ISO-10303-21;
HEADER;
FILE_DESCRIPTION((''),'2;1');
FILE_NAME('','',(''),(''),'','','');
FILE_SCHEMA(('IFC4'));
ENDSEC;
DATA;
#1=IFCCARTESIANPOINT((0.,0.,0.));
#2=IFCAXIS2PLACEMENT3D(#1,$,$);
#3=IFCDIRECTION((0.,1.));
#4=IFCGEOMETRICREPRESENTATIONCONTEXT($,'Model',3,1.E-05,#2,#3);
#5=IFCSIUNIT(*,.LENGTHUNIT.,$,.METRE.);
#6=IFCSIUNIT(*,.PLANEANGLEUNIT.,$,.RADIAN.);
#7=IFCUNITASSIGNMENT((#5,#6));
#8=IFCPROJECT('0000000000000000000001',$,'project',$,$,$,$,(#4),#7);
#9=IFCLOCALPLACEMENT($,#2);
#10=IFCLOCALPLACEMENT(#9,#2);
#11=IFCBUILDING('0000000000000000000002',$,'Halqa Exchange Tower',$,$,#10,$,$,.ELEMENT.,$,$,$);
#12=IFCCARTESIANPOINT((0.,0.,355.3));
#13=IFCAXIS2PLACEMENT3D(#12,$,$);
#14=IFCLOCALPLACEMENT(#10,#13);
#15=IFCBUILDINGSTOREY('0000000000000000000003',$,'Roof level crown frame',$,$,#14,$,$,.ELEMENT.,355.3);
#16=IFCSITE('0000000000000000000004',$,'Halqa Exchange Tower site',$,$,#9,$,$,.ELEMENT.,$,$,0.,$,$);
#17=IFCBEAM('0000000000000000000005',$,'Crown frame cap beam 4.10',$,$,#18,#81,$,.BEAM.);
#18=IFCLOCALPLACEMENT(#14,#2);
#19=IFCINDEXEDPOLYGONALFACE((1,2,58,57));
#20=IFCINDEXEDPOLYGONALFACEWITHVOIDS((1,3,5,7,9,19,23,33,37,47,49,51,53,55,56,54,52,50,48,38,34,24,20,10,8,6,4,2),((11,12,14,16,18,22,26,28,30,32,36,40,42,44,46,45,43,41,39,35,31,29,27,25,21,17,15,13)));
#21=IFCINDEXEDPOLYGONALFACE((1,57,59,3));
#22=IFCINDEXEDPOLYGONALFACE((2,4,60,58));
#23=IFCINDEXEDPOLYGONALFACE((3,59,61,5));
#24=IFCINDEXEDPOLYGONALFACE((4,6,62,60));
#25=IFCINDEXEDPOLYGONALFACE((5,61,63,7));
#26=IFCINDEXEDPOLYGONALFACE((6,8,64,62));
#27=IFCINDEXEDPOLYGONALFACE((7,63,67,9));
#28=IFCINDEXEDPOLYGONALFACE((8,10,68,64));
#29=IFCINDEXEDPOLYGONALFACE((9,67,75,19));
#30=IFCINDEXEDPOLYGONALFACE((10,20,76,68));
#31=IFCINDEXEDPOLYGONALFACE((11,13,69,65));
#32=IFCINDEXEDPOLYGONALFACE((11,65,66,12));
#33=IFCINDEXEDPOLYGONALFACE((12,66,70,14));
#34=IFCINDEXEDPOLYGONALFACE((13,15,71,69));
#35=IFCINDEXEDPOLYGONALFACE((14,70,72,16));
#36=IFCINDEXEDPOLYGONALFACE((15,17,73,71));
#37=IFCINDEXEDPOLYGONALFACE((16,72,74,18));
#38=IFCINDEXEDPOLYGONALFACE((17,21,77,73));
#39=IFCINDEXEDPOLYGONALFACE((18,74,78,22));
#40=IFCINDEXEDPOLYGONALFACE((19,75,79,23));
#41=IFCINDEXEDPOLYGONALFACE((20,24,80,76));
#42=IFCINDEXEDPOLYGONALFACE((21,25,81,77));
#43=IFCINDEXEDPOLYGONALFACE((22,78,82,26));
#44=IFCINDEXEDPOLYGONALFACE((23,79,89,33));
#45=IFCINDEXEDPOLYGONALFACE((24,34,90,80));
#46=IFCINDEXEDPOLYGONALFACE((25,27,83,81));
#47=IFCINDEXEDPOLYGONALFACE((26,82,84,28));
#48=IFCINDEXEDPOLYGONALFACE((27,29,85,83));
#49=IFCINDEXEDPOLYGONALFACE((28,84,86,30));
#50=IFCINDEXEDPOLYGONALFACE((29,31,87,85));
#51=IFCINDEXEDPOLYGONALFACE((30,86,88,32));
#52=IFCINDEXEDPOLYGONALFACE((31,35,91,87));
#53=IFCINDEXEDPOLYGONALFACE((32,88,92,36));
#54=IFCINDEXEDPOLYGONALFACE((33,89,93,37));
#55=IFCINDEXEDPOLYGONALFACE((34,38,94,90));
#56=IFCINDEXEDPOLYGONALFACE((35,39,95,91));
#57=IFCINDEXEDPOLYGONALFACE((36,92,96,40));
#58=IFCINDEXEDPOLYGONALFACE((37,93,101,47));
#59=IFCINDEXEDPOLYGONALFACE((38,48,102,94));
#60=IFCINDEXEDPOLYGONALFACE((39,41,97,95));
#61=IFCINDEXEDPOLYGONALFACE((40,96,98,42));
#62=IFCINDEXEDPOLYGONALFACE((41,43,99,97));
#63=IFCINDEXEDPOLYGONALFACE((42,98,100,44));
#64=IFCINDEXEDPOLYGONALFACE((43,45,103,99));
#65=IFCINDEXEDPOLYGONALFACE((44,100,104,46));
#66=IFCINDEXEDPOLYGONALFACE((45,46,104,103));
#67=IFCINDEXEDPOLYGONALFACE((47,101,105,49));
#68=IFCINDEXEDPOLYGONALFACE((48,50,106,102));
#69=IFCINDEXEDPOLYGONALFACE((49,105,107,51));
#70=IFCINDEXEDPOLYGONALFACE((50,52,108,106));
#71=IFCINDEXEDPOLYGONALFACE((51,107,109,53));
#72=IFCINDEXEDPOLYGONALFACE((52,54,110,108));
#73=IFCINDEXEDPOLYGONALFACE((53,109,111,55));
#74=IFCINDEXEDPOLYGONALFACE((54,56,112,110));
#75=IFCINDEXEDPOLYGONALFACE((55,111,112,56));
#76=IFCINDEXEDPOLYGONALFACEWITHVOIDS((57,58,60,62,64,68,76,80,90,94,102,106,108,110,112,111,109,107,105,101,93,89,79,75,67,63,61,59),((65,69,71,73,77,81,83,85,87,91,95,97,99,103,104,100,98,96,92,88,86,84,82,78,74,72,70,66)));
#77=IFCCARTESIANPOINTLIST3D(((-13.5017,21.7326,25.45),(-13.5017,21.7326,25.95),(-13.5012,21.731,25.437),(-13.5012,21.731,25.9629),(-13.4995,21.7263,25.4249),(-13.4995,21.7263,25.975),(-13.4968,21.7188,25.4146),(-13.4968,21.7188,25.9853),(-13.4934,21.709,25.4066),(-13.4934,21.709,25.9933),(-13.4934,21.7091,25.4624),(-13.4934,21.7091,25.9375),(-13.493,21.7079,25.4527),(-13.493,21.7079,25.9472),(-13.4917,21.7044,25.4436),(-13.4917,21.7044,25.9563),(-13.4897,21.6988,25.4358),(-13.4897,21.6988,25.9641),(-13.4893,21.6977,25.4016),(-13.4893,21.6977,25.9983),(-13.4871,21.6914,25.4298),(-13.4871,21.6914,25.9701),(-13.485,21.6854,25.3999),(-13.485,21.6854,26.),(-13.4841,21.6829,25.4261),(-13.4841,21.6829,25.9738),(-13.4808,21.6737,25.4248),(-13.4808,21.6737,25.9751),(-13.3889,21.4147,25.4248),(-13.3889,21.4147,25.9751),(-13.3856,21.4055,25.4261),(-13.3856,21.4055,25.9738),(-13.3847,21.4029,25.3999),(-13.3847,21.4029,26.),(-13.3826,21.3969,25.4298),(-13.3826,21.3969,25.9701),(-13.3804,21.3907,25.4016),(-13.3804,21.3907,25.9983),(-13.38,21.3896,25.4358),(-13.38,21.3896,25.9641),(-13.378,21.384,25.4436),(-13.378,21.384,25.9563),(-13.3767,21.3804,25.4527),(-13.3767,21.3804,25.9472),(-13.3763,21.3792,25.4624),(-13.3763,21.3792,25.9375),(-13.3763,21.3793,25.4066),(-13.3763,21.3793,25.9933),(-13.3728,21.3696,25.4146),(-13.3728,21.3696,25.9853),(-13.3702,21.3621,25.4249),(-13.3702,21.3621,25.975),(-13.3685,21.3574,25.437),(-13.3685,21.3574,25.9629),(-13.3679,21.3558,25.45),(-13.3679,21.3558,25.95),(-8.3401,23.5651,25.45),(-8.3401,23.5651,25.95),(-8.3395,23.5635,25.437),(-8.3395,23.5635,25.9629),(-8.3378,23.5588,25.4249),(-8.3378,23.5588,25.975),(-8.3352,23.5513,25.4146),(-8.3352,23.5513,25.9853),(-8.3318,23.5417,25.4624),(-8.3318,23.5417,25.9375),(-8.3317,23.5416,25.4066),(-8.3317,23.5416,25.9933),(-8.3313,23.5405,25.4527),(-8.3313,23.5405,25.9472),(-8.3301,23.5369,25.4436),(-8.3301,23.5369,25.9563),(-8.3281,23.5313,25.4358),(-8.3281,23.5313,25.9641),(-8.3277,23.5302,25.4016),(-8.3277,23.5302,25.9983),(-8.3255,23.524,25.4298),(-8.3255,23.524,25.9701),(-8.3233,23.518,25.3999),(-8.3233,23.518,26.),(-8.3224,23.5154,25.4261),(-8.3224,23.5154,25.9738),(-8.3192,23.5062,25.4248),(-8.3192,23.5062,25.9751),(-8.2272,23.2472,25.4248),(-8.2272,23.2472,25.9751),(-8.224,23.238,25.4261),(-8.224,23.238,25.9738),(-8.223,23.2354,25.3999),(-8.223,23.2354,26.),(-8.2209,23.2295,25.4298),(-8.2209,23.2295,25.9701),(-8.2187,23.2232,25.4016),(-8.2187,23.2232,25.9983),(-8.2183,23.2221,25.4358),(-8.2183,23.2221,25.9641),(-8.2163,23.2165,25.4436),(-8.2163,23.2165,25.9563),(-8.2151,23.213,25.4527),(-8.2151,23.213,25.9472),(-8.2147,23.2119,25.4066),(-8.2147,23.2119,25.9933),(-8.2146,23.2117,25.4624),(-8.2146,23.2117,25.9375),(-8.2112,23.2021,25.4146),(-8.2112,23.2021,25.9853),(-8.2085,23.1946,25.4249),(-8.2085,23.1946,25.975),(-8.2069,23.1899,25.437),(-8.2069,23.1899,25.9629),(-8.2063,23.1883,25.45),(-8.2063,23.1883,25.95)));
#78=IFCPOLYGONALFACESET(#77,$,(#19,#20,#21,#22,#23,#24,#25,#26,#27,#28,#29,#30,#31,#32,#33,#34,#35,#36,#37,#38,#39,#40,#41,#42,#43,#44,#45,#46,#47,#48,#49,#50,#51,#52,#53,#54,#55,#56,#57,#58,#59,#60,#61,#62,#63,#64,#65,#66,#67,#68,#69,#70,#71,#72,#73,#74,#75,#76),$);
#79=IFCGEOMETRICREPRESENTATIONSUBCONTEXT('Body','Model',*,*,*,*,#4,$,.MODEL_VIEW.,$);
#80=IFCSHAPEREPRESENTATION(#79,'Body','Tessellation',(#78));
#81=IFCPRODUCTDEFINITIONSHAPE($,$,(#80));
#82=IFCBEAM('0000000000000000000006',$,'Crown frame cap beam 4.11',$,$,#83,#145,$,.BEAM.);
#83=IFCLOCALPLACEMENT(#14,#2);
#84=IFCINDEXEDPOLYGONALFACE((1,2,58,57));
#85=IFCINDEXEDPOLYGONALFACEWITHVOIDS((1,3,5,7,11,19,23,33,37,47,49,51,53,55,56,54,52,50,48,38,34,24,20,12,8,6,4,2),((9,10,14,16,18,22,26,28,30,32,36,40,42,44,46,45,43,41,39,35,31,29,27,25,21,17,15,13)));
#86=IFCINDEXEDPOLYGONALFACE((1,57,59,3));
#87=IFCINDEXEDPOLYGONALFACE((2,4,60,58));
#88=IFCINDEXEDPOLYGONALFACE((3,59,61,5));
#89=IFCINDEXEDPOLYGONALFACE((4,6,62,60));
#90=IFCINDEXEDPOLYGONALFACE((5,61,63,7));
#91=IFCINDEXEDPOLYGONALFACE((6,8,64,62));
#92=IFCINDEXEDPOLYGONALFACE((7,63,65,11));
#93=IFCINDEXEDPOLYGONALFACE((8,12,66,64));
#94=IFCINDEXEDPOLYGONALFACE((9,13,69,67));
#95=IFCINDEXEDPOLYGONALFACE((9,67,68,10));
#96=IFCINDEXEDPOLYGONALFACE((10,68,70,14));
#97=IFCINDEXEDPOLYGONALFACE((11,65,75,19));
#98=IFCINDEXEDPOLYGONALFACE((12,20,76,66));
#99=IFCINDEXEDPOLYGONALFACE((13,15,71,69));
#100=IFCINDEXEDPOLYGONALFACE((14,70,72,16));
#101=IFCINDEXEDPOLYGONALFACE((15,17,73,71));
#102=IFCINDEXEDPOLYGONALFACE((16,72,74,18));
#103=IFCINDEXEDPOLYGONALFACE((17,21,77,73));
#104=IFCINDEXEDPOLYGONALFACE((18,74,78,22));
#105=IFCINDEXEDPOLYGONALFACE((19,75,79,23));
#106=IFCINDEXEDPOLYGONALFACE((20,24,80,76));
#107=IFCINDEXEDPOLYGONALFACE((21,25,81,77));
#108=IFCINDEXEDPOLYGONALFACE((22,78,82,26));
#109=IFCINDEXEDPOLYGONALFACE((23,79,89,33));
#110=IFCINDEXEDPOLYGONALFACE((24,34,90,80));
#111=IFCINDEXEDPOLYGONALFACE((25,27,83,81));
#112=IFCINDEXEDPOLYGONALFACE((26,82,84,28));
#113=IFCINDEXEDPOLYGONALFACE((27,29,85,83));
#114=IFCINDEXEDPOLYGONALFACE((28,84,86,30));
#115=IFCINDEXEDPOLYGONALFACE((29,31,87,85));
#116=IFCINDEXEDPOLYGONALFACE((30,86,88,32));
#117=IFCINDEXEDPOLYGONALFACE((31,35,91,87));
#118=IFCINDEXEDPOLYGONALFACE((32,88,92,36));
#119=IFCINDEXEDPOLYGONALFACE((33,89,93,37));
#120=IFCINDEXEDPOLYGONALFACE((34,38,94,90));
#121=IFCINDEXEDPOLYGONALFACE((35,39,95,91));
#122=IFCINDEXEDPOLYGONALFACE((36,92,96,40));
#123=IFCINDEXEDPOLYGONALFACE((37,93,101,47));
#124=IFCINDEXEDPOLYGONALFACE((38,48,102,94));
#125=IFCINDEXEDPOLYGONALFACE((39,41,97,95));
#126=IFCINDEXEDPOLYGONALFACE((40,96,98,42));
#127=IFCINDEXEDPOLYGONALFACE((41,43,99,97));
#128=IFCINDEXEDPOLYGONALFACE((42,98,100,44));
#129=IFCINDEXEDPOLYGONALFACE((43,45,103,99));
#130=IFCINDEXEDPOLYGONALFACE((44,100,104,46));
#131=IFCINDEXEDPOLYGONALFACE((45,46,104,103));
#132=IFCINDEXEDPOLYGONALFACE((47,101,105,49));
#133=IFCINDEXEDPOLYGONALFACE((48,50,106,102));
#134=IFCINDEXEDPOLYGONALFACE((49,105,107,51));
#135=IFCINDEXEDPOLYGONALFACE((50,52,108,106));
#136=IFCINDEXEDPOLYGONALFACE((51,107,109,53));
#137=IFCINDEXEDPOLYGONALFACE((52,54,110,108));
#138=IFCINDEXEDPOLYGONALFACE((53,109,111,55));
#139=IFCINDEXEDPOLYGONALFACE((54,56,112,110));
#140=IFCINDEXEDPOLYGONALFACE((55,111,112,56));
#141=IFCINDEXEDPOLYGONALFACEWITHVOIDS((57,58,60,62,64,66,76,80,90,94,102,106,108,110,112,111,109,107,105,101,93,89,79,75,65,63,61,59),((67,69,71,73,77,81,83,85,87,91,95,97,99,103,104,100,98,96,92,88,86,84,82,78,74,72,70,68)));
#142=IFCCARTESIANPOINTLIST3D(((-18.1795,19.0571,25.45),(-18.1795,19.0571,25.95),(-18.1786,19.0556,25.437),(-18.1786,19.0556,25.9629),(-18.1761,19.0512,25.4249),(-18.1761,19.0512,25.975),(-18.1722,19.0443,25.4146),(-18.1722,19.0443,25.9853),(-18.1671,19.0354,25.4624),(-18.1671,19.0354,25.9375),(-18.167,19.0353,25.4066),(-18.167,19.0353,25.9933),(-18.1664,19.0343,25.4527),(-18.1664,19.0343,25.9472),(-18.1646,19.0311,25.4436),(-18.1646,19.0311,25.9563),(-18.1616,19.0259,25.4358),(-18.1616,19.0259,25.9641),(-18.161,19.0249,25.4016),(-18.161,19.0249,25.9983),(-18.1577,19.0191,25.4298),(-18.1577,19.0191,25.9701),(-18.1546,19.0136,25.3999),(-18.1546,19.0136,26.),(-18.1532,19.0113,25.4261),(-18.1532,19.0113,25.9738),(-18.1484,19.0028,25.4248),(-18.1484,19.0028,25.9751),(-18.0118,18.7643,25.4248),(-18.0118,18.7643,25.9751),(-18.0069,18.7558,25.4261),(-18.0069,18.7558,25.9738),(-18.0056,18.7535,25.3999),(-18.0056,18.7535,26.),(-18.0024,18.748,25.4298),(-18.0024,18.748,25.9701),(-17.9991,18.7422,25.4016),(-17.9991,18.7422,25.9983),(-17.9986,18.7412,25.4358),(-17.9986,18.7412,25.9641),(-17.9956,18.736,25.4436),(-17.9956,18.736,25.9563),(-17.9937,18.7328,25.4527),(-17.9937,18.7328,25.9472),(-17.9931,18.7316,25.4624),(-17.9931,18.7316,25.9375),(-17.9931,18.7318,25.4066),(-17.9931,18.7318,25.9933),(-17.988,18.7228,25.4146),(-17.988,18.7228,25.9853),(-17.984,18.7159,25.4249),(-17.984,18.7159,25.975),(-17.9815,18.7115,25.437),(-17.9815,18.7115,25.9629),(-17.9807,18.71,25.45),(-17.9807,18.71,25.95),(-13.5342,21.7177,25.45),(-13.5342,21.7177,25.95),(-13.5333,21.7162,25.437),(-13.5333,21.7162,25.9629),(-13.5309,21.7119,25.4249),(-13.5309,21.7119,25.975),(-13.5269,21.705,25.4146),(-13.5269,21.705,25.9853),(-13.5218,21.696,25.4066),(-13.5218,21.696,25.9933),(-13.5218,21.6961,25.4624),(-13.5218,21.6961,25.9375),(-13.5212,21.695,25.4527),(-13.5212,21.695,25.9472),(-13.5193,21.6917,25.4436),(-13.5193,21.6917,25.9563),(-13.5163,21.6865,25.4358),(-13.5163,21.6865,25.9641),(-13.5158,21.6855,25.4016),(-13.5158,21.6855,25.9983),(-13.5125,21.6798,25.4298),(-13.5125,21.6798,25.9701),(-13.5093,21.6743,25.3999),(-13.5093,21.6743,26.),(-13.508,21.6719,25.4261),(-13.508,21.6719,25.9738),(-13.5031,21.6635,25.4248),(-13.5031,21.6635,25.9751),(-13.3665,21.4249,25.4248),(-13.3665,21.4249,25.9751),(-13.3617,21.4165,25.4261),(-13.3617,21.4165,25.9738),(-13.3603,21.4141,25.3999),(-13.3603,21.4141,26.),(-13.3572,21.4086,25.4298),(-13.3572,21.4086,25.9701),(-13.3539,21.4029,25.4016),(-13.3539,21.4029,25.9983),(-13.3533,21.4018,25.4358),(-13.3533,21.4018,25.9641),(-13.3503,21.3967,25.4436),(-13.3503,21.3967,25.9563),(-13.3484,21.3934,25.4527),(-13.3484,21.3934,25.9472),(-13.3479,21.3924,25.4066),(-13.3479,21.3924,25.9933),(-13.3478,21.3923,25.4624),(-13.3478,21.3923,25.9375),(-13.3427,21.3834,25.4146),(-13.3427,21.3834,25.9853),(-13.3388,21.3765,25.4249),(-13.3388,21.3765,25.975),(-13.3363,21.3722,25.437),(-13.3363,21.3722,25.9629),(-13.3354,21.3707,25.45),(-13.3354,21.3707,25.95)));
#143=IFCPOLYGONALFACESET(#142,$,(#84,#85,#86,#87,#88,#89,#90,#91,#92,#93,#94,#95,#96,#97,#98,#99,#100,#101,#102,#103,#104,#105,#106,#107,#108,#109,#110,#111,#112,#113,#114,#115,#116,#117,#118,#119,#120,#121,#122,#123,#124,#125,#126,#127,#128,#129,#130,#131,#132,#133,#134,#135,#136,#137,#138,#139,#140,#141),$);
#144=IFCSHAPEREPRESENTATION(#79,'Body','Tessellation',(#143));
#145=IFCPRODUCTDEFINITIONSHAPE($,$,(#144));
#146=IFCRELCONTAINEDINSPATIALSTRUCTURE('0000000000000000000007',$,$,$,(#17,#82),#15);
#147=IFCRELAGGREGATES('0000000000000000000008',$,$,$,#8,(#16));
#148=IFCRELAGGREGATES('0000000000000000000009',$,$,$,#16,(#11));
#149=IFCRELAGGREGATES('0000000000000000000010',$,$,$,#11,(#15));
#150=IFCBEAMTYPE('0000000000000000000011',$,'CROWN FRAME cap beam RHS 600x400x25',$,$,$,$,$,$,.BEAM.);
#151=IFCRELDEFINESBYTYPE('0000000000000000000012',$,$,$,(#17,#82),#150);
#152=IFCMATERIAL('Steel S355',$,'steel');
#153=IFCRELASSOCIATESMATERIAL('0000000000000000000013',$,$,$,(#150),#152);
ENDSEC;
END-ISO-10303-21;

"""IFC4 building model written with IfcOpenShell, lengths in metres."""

from ifc_helpers import new_model, si_unit, direction, frame, origin, origin_2d, place, context, subcontext, project, spatial, hollow_rectangle, extrude, material, material_profile, profile_set, type_object, element, save


model = new_model("IFC4")

# Units and contexts
model_context = context("Model", 3, precision=1e-05, world=origin(), true_north=direction((0.0, 1.0)))
body_context = subcontext(model_context, "Body", "Model", "MODEL_VIEW")
ifc_project = project(units=[si_unit("LENGTHUNIT", "METRE"), si_unit("PLANEANGLEUNIT", "RADIAN")], contexts=[model_context])

# Site, building, storey
site_placement = place(None, origin())
site = spatial("IfcSite", under=ifc_project, at=site_placement, Name="Halqa Exchange Tower site", CompositionType="ELEMENT", RefElevation=0.0)
building_placement = place(site_placement, origin())
building = spatial("IfcBuilding", under=site, at=building_placement, Name="Halqa Exchange Tower", CompositionType="ELEMENT")
storey_placement = place(building_placement, frame((0.0, 0.0, 355.3)))
storey = spatial("IfcBuildingStorey", under=building, at=storey_placement, Name="Roof level crown frame", CompositionType="ELEMENT", Elevation=355.3)

# Shared definitions
ifc_material_1 = material(Name="Steel S355", Category="steel")

# Beams
ifc_material_profile_1 = material_profile(ifc_material_1, hollow_rectangle(XDim=0.3999, YDim=0.6001, WallThickness=0.0249, InnerFilletRadius=0.0376, OuterFilletRadius=0.05, at=origin_2d()), Name="RHS 600x400x25")
ifc_profile_set_1 = profile_set([ifc_material_profile_1], Name="Steel S355")
beam_type_1 = type_object("IfcBeamType", Name="CROWN FRAME cap beam RHS 600x400x25", PredefinedType="BEAM", material=ifc_profile_set_1)
beam_1_placement = place(storey_placement, frame((-8.2732, 23.3767, 25.7), z_axis=(-0.942372, -0.334568, 0.0), x_axis=(0.334568, -0.942372, 0.0)))
element("IfcBeam", 1, at=beam_1_placement, inside=storey, type_object=beam_type_1, Name="Crown frame cap beam 4.10", PredefinedType="BEAM", context=body_context, shape_type="SweptSolid", body=[
    extrude(hollow_rectangle(XDim=0.3999, YDim=0.6001, WallThickness=0.0249, InnerFilletRadius=0.0376, OuterFilletRadius=0.05, at=origin_2d()), origin(), (0.0, 0.0, 1.0), 5.4773),
])
beam_2_placement = place(storey_placement, frame((-13.4348, 21.5442, 25.7), z_axis=(-0.867743, -0.497013, 0.0), x_axis=(0.497013, -0.867743, 0.0)))
element("IfcBeam", 2, at=beam_2_placement, inside=storey, type_object=beam_type_1, Name="Crown frame cap beam 4.11", PredefinedType="BEAM", context=body_context, shape_type="SweptSolid", body=[
    extrude(hollow_rectangle(XDim=0.3999, YDim=0.6001, WallThickness=0.0249, InnerFilletRadius=0.0376, OuterFilletRadius=0.05, at=origin_2d()), origin(), (0.0, 0.0, 1.0), 5.3533),
])

save(model, "model.ifc")
